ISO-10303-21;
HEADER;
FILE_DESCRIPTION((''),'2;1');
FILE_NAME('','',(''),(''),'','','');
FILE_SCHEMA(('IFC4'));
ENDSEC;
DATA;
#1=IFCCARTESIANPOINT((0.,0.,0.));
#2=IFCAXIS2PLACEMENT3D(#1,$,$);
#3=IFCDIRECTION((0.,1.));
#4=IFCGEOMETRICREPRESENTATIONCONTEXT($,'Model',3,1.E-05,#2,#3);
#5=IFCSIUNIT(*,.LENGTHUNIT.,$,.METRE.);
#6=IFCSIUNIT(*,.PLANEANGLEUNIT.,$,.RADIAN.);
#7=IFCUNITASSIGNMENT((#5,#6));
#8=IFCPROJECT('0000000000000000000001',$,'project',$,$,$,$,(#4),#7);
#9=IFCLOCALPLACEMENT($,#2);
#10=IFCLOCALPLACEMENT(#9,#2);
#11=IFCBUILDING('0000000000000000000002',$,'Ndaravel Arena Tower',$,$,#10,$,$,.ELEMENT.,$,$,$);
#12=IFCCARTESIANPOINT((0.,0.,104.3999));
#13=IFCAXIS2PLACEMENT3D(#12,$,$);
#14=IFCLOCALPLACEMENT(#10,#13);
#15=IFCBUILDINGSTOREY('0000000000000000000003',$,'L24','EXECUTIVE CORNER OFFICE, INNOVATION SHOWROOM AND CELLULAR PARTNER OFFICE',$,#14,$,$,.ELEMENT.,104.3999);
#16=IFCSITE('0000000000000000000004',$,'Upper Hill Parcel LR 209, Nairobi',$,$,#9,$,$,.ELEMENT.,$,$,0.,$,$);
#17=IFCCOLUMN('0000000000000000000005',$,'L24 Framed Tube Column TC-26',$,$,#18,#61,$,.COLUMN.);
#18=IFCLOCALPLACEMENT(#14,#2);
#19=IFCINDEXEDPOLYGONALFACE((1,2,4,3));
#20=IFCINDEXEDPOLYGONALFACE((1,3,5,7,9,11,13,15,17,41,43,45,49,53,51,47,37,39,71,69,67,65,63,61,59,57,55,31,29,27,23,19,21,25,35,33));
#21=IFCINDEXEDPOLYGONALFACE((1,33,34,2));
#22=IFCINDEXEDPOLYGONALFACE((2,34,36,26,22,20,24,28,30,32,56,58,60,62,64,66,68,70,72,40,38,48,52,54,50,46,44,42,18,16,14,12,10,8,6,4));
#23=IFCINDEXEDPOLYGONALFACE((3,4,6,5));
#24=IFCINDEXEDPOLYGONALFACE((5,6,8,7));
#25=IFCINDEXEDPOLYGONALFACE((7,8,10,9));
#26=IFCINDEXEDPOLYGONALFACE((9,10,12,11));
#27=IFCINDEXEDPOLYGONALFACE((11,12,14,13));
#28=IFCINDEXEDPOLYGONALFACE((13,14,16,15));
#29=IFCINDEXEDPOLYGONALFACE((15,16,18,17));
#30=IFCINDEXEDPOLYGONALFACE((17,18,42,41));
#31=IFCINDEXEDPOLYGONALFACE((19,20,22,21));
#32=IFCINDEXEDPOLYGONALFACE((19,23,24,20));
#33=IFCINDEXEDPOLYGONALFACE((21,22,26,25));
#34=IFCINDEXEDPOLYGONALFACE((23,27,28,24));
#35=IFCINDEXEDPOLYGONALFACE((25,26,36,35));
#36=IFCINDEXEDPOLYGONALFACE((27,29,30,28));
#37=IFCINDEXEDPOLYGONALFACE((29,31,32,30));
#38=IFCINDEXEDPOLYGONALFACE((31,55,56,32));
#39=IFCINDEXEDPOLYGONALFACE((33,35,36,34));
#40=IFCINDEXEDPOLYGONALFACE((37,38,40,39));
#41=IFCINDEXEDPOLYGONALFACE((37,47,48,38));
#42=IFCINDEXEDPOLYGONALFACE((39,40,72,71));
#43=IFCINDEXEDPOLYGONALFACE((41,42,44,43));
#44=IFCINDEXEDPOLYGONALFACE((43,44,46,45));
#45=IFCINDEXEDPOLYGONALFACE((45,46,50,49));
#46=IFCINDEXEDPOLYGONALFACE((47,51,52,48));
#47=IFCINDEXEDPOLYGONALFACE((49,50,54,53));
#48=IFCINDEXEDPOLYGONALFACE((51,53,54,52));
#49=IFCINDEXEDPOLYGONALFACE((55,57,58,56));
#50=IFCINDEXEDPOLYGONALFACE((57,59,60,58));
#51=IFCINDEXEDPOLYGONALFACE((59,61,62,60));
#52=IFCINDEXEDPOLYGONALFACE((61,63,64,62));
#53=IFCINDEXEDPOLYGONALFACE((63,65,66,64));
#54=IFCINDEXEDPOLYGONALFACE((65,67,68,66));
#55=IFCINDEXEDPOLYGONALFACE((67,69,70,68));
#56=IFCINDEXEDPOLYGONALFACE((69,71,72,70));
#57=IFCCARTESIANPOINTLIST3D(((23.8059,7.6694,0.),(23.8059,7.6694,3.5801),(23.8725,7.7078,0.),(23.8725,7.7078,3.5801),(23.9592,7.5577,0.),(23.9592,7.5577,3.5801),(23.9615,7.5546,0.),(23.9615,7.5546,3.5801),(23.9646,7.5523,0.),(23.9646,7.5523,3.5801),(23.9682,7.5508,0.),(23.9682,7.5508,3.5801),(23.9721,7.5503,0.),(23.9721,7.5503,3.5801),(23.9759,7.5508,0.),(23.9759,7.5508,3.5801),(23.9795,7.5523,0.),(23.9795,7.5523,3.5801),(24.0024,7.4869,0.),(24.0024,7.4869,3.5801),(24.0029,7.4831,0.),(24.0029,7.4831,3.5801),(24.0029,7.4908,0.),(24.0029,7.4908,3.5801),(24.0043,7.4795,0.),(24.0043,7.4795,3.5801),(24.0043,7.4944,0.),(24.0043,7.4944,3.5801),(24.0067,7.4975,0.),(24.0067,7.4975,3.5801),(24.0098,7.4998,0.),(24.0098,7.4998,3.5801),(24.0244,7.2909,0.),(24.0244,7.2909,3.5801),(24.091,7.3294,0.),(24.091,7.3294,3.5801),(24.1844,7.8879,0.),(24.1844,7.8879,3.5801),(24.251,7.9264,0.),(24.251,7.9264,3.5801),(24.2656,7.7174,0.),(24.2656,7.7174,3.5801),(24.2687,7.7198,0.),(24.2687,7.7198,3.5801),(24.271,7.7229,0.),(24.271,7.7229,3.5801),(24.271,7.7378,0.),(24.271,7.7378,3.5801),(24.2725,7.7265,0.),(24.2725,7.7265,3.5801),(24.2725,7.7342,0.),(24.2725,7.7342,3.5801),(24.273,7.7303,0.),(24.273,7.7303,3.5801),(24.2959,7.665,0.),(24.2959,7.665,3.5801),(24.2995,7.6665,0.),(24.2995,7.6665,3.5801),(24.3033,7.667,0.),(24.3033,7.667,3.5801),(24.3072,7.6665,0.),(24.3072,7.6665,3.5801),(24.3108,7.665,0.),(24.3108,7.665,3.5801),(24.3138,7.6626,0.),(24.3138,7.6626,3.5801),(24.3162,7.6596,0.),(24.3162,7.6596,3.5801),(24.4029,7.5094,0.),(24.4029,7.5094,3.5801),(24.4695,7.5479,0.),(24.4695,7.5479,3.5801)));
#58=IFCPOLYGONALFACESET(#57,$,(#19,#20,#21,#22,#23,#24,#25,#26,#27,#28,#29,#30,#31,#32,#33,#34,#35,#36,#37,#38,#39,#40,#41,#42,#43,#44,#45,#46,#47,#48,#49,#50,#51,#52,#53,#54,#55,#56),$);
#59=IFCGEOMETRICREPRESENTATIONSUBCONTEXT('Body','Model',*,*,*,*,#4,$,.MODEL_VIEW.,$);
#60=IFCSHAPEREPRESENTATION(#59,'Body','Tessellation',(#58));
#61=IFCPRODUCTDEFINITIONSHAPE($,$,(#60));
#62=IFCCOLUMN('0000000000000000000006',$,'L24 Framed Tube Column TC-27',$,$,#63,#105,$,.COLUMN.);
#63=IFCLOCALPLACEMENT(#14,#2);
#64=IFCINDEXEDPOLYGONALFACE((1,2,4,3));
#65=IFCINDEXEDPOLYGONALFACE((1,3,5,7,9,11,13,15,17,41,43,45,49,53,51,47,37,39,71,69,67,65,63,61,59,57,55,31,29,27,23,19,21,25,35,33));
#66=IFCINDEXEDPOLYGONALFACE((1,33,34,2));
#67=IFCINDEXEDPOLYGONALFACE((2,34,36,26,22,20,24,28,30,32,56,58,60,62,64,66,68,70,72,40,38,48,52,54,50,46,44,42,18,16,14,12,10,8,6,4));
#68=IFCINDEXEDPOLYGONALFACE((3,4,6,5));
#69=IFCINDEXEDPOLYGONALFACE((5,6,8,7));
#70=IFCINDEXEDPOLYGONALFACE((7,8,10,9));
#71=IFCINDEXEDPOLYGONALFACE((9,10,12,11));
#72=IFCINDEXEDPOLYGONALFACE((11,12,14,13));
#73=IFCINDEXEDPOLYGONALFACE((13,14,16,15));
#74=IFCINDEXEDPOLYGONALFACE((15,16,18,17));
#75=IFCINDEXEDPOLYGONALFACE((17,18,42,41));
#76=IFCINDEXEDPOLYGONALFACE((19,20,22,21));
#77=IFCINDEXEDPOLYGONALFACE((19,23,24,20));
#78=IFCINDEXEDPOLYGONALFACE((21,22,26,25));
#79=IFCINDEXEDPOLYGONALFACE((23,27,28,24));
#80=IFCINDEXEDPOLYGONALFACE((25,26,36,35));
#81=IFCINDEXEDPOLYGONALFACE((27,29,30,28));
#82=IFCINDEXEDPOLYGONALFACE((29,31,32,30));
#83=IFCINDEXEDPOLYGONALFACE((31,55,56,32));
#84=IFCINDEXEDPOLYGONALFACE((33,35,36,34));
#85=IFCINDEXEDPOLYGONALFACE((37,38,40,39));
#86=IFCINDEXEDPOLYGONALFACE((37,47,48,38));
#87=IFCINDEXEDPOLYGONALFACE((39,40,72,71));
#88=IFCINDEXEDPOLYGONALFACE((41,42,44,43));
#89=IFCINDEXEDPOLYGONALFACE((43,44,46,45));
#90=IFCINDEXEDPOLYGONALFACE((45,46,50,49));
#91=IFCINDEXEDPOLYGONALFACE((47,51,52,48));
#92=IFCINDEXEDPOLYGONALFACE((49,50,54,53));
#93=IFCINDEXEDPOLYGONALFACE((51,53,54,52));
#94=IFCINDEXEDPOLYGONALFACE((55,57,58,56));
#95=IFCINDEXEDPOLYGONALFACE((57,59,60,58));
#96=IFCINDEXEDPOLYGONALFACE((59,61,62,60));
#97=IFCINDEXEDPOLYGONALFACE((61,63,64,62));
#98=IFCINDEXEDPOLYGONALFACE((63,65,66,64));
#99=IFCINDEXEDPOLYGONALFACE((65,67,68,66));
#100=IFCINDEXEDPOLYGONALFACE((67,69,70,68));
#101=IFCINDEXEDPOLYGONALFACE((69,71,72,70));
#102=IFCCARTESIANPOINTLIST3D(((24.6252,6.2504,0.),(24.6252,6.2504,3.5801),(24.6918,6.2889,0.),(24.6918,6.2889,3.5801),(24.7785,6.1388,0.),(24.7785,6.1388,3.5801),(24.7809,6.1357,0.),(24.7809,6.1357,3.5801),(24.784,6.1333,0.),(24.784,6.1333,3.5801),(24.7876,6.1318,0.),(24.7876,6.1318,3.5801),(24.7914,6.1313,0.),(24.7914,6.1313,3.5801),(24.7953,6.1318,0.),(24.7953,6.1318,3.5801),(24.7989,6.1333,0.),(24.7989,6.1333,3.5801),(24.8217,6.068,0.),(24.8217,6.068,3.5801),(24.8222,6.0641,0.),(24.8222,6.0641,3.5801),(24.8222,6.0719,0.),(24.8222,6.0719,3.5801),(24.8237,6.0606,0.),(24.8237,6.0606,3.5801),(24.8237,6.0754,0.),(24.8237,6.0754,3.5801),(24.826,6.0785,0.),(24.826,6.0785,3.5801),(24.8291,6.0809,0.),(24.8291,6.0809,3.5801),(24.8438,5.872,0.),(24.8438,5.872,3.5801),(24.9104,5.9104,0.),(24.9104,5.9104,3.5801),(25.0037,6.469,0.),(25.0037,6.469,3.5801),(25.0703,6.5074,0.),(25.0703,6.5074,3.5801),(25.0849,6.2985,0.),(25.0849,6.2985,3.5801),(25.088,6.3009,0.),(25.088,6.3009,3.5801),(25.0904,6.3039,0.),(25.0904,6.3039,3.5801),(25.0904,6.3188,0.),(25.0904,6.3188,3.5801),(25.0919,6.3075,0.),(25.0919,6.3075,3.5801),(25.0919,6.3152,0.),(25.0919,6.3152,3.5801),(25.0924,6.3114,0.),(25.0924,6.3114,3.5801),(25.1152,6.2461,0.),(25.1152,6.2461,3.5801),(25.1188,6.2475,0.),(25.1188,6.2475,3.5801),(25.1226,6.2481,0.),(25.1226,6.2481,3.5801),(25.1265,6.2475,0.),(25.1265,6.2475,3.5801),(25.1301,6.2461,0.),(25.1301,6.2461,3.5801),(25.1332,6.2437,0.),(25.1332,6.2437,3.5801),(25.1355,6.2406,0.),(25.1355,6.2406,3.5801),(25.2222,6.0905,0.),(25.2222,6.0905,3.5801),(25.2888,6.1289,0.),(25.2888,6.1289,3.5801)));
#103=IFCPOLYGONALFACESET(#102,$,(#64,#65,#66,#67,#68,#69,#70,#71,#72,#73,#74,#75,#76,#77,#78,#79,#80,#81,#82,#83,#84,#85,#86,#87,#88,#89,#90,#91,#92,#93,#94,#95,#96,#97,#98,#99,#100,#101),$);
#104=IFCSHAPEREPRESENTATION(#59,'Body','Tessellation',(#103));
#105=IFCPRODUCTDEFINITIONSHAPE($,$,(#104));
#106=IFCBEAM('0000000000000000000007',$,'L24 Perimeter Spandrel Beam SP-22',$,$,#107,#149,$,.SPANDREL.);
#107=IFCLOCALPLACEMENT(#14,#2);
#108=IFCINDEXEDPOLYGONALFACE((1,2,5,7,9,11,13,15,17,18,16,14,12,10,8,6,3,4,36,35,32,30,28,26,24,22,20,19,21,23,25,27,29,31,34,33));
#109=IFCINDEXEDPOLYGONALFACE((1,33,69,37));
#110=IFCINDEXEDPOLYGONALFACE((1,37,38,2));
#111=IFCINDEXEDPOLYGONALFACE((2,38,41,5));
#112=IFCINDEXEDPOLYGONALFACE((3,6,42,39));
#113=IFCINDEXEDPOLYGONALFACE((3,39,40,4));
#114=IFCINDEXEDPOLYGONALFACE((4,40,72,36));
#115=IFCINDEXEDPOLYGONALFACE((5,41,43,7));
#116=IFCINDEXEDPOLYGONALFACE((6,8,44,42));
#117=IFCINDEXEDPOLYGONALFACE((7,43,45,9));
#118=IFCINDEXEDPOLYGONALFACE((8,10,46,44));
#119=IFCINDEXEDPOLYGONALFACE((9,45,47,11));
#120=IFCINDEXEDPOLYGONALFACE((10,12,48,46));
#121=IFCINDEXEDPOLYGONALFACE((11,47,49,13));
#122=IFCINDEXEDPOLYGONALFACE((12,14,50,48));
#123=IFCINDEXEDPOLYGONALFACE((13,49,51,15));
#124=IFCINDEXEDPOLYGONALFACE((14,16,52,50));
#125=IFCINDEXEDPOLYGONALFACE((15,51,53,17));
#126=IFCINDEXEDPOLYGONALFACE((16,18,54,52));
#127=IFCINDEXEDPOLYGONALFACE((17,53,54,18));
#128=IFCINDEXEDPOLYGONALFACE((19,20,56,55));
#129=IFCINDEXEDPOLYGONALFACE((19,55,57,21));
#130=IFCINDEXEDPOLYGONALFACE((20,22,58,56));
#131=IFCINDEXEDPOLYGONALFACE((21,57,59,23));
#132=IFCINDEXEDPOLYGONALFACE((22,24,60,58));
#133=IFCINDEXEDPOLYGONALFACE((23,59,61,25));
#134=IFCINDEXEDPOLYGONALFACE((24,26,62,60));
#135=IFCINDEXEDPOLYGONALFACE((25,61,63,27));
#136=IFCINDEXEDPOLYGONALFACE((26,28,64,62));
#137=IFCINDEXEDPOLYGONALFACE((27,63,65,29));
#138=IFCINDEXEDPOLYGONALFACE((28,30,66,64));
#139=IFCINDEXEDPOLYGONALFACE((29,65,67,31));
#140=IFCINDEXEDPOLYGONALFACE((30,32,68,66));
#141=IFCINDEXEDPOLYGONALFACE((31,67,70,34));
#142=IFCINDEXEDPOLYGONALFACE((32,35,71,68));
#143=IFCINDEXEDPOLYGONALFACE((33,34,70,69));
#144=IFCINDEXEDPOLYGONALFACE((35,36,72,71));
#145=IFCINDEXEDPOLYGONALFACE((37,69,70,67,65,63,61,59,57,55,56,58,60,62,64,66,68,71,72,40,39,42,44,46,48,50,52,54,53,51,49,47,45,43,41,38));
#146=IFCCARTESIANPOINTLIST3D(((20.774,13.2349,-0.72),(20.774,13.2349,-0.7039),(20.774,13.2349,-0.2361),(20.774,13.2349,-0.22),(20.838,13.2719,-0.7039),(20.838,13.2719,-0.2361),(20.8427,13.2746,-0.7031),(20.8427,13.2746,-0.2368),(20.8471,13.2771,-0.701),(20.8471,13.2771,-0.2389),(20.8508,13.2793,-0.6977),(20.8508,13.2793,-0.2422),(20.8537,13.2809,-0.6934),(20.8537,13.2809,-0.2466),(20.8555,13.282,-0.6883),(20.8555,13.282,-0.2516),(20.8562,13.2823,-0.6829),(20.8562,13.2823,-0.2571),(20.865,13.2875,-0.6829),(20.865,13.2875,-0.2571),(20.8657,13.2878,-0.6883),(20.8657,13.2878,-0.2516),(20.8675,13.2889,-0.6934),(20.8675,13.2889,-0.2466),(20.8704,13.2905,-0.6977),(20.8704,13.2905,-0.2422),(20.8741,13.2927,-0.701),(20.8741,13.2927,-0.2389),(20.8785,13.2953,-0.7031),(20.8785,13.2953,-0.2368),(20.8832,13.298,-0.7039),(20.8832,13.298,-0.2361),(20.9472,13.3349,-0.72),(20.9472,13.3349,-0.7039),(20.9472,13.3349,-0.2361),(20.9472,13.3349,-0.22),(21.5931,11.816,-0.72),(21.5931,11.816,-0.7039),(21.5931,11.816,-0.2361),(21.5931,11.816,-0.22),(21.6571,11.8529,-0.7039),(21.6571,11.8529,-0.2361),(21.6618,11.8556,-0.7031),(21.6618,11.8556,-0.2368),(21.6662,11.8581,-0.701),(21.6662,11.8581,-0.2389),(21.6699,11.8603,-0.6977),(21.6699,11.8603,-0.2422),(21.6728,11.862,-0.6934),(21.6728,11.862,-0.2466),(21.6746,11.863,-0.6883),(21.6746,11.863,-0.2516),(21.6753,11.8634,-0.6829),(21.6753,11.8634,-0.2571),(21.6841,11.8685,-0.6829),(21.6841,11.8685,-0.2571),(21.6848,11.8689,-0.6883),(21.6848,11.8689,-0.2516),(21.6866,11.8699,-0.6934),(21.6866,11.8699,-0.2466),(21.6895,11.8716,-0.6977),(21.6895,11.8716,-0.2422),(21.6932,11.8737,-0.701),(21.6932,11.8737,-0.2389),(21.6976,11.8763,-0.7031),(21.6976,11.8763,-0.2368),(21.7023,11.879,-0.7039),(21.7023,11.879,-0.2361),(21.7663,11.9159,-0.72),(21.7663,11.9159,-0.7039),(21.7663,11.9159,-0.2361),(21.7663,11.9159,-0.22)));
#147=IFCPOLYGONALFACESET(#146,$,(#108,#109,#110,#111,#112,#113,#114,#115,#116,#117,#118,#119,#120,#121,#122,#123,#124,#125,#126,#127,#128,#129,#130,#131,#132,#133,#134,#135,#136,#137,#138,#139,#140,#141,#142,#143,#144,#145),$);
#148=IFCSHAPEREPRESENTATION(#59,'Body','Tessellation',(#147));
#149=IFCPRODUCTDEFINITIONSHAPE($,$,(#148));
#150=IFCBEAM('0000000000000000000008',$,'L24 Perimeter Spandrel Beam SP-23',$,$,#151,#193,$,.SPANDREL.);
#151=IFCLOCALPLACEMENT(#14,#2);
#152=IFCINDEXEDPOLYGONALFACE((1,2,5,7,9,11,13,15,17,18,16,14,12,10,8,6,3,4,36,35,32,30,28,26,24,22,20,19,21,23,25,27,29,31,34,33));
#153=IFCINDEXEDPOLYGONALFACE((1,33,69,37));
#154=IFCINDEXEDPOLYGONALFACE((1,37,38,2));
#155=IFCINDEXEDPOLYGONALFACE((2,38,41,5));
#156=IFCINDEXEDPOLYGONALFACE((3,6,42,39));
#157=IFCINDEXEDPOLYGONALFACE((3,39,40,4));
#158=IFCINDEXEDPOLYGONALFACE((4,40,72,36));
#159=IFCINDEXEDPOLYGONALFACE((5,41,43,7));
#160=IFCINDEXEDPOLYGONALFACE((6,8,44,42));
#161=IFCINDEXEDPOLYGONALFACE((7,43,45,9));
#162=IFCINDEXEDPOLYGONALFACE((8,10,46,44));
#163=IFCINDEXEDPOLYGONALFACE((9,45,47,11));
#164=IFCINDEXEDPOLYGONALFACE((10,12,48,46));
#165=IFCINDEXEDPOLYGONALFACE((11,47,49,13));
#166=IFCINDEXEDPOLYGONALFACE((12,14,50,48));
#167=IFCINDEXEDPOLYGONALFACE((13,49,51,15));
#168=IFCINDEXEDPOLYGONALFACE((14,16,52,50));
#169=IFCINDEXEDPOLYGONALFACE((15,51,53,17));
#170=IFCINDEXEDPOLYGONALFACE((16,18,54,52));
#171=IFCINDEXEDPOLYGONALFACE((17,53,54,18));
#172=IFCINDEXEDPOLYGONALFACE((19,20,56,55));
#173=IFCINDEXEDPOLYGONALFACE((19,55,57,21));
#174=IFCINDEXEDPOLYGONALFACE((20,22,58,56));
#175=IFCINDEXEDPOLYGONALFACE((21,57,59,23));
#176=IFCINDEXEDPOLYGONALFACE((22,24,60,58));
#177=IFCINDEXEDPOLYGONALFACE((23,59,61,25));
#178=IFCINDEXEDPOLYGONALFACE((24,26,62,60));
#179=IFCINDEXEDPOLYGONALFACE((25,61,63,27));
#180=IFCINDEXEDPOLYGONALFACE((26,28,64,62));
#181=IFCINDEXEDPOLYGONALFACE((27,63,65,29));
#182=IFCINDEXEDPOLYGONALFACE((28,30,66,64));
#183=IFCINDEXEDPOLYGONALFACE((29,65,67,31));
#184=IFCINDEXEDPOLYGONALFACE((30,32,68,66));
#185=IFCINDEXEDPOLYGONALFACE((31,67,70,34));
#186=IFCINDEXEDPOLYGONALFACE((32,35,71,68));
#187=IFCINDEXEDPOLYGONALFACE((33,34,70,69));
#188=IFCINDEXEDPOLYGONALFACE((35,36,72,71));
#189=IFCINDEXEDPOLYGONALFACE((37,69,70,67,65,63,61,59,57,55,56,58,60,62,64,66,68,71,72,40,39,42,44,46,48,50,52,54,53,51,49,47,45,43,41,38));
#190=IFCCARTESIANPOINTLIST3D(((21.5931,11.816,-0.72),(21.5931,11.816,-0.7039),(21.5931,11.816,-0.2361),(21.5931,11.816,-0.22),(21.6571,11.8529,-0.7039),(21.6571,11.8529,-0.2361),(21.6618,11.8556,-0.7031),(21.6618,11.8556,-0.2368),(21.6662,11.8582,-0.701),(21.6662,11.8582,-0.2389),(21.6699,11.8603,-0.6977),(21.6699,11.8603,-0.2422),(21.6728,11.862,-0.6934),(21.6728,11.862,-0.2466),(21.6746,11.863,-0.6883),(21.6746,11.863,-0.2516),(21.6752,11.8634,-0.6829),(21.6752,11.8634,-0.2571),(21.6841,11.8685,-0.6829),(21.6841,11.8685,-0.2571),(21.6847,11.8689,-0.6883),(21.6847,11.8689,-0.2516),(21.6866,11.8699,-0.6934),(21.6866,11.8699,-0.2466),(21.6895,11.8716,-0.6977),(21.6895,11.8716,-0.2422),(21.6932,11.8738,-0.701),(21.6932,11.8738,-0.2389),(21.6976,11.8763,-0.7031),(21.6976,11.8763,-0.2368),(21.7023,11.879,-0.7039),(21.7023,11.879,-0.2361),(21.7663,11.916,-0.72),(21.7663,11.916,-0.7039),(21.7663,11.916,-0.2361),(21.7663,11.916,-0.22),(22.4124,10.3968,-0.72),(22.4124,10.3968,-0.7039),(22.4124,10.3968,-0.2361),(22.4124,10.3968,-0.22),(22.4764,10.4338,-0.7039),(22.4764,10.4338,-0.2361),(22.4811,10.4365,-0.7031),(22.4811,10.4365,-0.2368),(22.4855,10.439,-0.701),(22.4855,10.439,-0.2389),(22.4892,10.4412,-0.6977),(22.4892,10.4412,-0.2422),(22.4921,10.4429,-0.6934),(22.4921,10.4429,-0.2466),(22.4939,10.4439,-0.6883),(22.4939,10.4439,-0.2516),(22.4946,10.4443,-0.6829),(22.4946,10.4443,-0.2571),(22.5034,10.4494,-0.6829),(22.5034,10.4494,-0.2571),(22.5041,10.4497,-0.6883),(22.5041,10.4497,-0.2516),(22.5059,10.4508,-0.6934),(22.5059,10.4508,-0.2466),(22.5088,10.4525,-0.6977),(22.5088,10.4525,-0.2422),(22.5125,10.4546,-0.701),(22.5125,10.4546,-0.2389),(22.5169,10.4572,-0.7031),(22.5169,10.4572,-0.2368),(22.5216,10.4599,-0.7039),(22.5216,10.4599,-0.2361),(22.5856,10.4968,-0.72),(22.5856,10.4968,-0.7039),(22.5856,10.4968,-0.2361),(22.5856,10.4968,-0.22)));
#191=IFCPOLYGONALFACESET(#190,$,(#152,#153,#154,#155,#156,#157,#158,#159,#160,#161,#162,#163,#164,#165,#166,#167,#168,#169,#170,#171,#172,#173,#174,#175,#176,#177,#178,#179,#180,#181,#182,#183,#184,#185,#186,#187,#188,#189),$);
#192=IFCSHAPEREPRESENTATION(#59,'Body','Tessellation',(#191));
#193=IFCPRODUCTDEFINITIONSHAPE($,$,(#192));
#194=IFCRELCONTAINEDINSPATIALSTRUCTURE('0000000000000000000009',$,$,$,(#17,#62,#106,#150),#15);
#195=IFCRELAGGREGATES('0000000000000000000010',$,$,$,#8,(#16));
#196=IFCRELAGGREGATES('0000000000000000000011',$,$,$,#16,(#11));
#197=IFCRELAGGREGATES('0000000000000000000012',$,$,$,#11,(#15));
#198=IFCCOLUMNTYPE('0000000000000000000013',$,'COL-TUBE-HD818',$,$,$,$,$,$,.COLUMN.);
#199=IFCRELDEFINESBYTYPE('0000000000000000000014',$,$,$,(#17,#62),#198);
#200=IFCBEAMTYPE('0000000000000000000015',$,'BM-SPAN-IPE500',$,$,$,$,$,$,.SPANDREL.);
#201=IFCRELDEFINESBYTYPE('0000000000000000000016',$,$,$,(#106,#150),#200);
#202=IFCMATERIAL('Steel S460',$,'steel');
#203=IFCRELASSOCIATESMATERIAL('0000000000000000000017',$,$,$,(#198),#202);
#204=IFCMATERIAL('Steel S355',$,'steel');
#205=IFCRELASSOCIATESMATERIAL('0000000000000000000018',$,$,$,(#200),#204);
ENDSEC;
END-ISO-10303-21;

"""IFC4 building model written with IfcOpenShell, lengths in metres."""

from ifc_helpers import new_model, si_unit, direction, frame, origin, origin_2d, place, context, subcontext, project, spatial, i_section, extrude, material, material_profile, profile_set, type_object, element, save


model = new_model("IFC4")

# Units and contexts
model_context = context("Model", 3, precision=1e-05, world=origin(), true_north=direction((0.0, 1.0)))
body_context = subcontext(model_context, "Body", "Model", "MODEL_VIEW")
ifc_project = project(units=[si_unit("LENGTHUNIT", "METRE"), si_unit("PLANEANGLEUNIT", "RADIAN")], contexts=[model_context])

# Site, building, storey
site_placement = place(None, origin())
site = spatial("IfcSite", under=ifc_project, at=site_placement, Name="Upper Hill Parcel LR 209, Nairobi", CompositionType="ELEMENT", RefElevation=0.0)
building_placement = place(site_placement, origin())
building = spatial("IfcBuilding", under=site, at=building_placement, Name="Ndaravel Arena Tower", CompositionType="ELEMENT")
storey_placement = place(building_placement, frame((0.0, 0.0, 104.3999)))
storey = spatial("IfcBuildingStorey", under=building, at=storey_placement, Name="L24", Description="EXECUTIVE CORNER OFFICE, INNOVATION SHOWROOM AND CELLULAR PARTNER OFFICE", CompositionType="ELEMENT", Elevation=104.3999)

# Columns
ifc_material_1 = material(Name="Steel S460", Category="steel")
ifc_material_profile_1 = material_profile(ifc_material_1, i_section(OverallWidth=0.437, OverallDepth=0.5139, WebThickness=0.0605, FlangeThickness=0.0769, FilletRadius=0.0149, at=origin_2d()), Name="HD 400x818")
ifc_profile_set_1 = profile_set([ifc_material_profile_1], Name="Steel S460")
column_type = type_object("IfcColumnType", Name="COL-TUBE-HD818", PredefinedType="COLUMN", material=ifc_profile_set_1)
for number, where, z_axis, x_axis, name in (
    (1, (24.1377, 7.6086, 0.0), (0.0, 0.0, 1.0), (-0.5, 0.866025, 0.0), "L24 Framed Tube Column TC-26"),
    (2, (24.957, 6.1897, 0.0), (0.0, 0.0, 1.0), (-0.5, 0.866025, 0.0), "L24 Framed Tube Column TC-27"),
):
    element("IfcColumn", number, at=place(storey_placement, frame(where, z_axis=z_axis, x_axis=x_axis)), inside=storey, type_object=column_type, Name=name, PredefinedType="COLUMN", context=body_context, shape_type="SweptSolid", body=[
        extrude(i_section(OverallWidth=0.437, OverallDepth=0.5139, WebThickness=0.0605, FlangeThickness=0.0769, FilletRadius=0.0149, at=origin_2d()), origin(), (0.0, 0.0, 1.0), 3.5801),
    ])

# Beams
ifc_material_2 = material(Name="Steel S355", Category="steel")
ifc_material_profile_2 = material_profile(ifc_material_2, i_section(OverallWidth=0.2, OverallDepth=0.5, WebThickness=0.0103, FlangeThickness=0.0161, FilletRadius=0.021, at=origin_2d()), Name="IPE 500")
ifc_profile_set_2 = profile_set([ifc_material_profile_2], Name="Steel S355")
beam_type = type_object("IfcBeamType", Name="BM-SPAN-IPE500", PredefinedType="SPANDREL", material=ifc_profile_set_2)
beam_1_placement = place(storey_placement, frame((20.8606, 13.2849, -0.47), z_axis=(0.499937, -0.866062, 0.0), x_axis=(0.866062, 0.499937, 0.0)))
element("IfcBeam", 3, at=beam_1_placement, inside=storey, type_object=beam_type, Name="L24 Perimeter Spandrel Beam SP-22", PredefinedType="SPANDREL", context=body_context, shape_type="SweptSolid", body=[
    extrude(i_section(OverallWidth=0.2, OverallDepth=0.5, WebThickness=0.0103, FlangeThickness=0.0161, FilletRadius=0.021, at=origin_2d()), origin(), (0.0, 0.0, 1.0), 1.6384),
])
beam_2_placement = place(storey_placement, frame((21.6797, 11.866, -0.47), z_axis=(0.499985, -0.866034, 0.0), x_axis=(0.866034, 0.499985, 0.0)))
element("IfcBeam", 4, at=beam_2_placement, inside=storey, type_object=beam_type, Name="L24 Perimeter Spandrel Beam SP-23", PredefinedType="SPANDREL", context=body_context, shape_type="SweptSolid", body=[
    extrude(i_section(OverallWidth=0.2, OverallDepth=0.5, WebThickness=0.0103, FlangeThickness=0.0161, FilletRadius=0.021, at=origin_2d()), origin(), (0.0, 0.0, 1.0), 1.6387),
])

save(model, "model.ifc")
